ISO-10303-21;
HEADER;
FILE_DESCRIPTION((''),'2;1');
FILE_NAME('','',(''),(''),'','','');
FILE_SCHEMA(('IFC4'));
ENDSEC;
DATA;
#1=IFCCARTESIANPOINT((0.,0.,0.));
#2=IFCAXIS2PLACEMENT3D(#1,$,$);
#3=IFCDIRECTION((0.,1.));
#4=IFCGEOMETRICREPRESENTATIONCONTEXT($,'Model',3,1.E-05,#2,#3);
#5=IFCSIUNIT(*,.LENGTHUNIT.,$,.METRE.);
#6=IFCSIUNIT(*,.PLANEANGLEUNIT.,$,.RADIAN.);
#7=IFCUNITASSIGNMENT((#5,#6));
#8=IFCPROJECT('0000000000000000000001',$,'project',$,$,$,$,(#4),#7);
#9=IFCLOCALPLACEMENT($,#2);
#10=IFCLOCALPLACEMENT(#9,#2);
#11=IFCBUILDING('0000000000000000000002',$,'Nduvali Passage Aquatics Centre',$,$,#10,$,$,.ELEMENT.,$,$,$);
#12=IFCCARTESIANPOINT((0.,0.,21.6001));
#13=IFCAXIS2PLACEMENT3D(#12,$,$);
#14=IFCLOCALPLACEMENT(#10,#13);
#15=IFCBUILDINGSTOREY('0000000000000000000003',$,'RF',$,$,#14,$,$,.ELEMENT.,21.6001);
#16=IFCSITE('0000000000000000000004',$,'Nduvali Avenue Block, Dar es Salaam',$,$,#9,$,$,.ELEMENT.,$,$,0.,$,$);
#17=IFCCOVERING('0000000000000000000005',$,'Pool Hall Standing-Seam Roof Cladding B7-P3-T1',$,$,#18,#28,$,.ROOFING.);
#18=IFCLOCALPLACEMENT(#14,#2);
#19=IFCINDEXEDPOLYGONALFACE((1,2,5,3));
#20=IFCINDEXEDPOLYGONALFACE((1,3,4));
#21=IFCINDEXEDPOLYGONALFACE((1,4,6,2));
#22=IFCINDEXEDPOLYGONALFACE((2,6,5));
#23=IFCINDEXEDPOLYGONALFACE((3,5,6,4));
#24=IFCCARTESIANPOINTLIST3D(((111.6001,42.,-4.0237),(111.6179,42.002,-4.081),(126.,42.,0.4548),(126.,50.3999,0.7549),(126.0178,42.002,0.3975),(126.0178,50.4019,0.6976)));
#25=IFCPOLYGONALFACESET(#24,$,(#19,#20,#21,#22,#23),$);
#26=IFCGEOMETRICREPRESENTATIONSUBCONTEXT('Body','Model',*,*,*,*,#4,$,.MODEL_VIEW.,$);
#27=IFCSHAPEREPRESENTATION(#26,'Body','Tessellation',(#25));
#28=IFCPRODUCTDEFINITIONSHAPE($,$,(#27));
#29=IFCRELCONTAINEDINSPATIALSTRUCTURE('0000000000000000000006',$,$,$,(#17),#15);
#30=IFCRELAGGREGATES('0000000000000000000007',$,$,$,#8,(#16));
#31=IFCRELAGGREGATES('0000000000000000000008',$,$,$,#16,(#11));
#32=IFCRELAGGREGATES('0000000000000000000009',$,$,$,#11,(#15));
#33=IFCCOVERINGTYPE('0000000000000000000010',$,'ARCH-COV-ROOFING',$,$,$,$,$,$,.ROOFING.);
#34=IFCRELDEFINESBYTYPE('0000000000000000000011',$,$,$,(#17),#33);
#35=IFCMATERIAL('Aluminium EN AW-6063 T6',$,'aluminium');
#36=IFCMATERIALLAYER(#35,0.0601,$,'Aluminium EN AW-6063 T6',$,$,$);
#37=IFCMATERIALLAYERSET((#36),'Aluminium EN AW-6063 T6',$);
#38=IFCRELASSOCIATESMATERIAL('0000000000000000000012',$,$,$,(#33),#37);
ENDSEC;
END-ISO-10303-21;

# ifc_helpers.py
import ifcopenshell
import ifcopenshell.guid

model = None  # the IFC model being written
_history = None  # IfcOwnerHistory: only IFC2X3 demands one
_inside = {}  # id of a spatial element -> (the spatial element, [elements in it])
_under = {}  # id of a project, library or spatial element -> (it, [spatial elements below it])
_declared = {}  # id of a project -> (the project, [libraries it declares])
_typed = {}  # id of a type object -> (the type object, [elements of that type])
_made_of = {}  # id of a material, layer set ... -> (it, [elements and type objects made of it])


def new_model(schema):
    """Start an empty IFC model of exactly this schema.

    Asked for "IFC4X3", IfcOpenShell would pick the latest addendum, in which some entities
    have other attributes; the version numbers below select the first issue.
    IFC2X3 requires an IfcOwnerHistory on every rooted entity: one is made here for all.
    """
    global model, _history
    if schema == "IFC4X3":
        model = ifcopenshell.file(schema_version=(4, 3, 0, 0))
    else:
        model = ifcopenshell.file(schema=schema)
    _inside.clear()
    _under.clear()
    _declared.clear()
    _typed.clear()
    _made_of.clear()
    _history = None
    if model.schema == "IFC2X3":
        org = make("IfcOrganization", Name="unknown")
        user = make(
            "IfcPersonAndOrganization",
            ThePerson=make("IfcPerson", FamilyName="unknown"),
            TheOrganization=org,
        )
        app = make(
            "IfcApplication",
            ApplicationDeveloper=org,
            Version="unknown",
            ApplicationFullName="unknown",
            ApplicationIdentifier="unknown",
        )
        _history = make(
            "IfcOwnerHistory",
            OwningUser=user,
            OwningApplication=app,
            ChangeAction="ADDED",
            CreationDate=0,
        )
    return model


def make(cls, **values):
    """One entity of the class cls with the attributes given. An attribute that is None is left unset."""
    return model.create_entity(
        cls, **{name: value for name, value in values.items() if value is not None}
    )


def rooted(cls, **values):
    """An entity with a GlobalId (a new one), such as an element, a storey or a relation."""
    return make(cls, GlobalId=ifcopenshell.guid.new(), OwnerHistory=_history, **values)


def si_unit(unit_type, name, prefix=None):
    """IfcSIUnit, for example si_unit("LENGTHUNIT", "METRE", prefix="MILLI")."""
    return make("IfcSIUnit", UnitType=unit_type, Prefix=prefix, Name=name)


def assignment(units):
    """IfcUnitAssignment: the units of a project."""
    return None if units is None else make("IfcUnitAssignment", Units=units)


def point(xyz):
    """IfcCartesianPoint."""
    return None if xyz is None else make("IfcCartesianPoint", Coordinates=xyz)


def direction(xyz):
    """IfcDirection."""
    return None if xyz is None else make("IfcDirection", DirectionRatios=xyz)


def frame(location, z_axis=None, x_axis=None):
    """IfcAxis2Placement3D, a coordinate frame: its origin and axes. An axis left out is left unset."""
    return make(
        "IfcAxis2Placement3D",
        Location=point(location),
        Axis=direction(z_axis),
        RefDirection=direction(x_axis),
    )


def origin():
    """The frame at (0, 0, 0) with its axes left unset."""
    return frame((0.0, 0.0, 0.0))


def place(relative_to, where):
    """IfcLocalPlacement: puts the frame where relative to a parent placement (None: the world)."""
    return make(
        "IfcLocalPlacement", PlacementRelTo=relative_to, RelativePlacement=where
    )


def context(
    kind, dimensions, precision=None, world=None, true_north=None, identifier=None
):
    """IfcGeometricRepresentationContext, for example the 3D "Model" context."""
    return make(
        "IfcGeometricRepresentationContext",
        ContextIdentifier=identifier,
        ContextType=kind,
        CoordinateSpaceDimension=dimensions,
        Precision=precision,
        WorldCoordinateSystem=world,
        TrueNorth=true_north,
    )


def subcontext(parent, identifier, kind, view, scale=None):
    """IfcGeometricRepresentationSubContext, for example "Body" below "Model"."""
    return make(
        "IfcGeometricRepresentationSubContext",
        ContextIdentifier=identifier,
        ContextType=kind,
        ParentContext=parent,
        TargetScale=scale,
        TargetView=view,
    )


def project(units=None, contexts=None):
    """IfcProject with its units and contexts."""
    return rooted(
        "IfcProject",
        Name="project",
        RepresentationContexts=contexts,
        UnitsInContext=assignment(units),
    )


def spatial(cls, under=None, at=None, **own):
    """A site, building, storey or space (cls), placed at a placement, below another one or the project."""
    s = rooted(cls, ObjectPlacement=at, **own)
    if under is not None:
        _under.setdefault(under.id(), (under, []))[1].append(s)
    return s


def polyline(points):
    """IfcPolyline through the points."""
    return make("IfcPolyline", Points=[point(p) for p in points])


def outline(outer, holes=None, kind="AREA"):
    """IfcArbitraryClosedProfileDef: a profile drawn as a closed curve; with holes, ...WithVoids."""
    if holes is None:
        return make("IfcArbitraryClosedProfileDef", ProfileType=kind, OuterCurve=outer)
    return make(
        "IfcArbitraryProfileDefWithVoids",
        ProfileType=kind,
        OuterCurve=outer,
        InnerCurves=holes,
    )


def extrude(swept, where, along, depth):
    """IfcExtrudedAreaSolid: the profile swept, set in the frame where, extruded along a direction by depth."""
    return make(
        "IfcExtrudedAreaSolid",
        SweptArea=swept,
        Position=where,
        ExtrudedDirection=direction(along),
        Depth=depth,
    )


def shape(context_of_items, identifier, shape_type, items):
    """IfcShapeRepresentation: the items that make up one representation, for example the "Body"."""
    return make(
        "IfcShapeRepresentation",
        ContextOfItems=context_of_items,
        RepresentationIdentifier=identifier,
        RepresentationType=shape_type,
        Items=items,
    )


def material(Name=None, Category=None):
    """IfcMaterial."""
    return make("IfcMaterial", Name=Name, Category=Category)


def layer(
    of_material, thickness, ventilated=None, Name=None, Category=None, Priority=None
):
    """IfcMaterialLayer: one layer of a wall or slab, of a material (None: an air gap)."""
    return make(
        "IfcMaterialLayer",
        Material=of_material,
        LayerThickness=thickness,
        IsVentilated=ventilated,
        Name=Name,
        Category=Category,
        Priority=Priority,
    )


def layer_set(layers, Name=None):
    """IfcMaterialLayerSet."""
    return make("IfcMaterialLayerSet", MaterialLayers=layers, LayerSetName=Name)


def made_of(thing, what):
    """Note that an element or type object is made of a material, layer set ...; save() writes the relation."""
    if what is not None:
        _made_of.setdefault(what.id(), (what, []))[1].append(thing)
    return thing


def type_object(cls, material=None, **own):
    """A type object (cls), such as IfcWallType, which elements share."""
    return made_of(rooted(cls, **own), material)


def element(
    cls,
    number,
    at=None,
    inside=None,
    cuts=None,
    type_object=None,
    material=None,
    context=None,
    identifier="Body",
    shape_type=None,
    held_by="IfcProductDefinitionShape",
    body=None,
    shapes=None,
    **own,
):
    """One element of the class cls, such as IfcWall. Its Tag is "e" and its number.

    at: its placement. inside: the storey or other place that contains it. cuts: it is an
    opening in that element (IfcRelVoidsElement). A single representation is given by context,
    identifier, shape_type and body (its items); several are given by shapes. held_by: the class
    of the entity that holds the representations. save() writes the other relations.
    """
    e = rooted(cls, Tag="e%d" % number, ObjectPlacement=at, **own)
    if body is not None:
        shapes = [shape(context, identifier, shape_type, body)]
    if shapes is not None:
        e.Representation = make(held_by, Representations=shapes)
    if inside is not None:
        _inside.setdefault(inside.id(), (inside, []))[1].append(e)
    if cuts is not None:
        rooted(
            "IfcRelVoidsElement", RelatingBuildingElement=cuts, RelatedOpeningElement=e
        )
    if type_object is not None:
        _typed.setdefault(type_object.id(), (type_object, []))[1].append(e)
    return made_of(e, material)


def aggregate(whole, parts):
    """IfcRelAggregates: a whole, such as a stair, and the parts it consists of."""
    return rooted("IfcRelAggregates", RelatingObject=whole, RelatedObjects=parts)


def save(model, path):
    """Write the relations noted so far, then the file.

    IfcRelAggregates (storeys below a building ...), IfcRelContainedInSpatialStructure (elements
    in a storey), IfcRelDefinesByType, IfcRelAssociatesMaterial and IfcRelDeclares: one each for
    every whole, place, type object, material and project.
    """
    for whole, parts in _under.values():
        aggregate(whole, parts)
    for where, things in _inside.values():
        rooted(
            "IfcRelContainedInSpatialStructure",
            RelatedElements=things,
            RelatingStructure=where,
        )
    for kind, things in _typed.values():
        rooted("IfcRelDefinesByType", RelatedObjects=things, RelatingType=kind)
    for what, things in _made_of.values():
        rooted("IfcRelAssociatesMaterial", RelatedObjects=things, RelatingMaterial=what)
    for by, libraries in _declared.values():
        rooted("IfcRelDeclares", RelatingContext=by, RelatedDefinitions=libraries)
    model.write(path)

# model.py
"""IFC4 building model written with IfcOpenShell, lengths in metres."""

from ifc_helpers import new_model, si_unit, direction, frame, origin, place, context, subcontext, project, spatial, polyline, outline, extrude, material, layer, layer_set, type_object, element, save


model = new_model("IFC4")

# Units and contexts
model_context = context("Model", 3, precision=1e-05, world=origin(), true_north=direction((0.0, 1.0)))
body_context = subcontext(model_context, "Body", "Model", "MODEL_VIEW")
ifc_project = project(units=[si_unit("LENGTHUNIT", "METRE"), si_unit("PLANEANGLEUNIT", "RADIAN")], contexts=[model_context])

# Site, building, storey
site_placement = place(None, origin())
site = spatial("IfcSite", under=ifc_project, at=site_placement, Name="Nduvali Avenue Block, Dar es Salaam", CompositionType="ELEMENT", RefElevation=0.0)
building_placement = place(site_placement, origin())
building = spatial("IfcBuilding", under=site, at=building_placement, Name="Nduvali Passage Aquatics Centre", CompositionType="ELEMENT")
storey_placement = place(building_placement, frame((0.0, 0.0, 21.6001)))
storey = spatial("IfcBuildingStorey", under=building, at=storey_placement, Name="RF", CompositionType="ELEMENT", Elevation=21.6001)

# Covering
ifc_material_1 = material(Name="Aluminium EN AW-6063 T6", Category="aluminium")
ifc_layer_1 = layer(ifc_material_1, 0.0601, Name="Aluminium EN AW-6063 T6")
ifc_layer_set_1 = layer_set([ifc_layer_1], Name="Aluminium EN AW-6063 T6")
covering_type = type_object("IfcCoveringType", Name="ARCH-COV-ROOFING", PredefinedType="ROOFING", material=ifc_layer_set_1)
covering_placement = place(storey_placement, frame((111.6001, 42.0, -4.0237), z_axis=(-0.296806, -0.034089, 0.954329), x_axis=(0.954884, 0.0, 0.296979)))
element("IfcCovering", 1, at=covering_placement, inside=storey, type_object=covering_type, Name="Pool Hall Standing-Seam Roof Cladding B7-P3-T1", PredefinedType="ROOFING", context=body_context, shape_type="SweptSolid", body=[
    extrude(outline(polyline([(0.0, 0.0), (15.0803, 0.0), (15.1694, 8.4048), (0.0, 0.0)])), origin(), (0.0, 0.0, -1.0), 0.0601),
])

save(model, "model.ifc")
